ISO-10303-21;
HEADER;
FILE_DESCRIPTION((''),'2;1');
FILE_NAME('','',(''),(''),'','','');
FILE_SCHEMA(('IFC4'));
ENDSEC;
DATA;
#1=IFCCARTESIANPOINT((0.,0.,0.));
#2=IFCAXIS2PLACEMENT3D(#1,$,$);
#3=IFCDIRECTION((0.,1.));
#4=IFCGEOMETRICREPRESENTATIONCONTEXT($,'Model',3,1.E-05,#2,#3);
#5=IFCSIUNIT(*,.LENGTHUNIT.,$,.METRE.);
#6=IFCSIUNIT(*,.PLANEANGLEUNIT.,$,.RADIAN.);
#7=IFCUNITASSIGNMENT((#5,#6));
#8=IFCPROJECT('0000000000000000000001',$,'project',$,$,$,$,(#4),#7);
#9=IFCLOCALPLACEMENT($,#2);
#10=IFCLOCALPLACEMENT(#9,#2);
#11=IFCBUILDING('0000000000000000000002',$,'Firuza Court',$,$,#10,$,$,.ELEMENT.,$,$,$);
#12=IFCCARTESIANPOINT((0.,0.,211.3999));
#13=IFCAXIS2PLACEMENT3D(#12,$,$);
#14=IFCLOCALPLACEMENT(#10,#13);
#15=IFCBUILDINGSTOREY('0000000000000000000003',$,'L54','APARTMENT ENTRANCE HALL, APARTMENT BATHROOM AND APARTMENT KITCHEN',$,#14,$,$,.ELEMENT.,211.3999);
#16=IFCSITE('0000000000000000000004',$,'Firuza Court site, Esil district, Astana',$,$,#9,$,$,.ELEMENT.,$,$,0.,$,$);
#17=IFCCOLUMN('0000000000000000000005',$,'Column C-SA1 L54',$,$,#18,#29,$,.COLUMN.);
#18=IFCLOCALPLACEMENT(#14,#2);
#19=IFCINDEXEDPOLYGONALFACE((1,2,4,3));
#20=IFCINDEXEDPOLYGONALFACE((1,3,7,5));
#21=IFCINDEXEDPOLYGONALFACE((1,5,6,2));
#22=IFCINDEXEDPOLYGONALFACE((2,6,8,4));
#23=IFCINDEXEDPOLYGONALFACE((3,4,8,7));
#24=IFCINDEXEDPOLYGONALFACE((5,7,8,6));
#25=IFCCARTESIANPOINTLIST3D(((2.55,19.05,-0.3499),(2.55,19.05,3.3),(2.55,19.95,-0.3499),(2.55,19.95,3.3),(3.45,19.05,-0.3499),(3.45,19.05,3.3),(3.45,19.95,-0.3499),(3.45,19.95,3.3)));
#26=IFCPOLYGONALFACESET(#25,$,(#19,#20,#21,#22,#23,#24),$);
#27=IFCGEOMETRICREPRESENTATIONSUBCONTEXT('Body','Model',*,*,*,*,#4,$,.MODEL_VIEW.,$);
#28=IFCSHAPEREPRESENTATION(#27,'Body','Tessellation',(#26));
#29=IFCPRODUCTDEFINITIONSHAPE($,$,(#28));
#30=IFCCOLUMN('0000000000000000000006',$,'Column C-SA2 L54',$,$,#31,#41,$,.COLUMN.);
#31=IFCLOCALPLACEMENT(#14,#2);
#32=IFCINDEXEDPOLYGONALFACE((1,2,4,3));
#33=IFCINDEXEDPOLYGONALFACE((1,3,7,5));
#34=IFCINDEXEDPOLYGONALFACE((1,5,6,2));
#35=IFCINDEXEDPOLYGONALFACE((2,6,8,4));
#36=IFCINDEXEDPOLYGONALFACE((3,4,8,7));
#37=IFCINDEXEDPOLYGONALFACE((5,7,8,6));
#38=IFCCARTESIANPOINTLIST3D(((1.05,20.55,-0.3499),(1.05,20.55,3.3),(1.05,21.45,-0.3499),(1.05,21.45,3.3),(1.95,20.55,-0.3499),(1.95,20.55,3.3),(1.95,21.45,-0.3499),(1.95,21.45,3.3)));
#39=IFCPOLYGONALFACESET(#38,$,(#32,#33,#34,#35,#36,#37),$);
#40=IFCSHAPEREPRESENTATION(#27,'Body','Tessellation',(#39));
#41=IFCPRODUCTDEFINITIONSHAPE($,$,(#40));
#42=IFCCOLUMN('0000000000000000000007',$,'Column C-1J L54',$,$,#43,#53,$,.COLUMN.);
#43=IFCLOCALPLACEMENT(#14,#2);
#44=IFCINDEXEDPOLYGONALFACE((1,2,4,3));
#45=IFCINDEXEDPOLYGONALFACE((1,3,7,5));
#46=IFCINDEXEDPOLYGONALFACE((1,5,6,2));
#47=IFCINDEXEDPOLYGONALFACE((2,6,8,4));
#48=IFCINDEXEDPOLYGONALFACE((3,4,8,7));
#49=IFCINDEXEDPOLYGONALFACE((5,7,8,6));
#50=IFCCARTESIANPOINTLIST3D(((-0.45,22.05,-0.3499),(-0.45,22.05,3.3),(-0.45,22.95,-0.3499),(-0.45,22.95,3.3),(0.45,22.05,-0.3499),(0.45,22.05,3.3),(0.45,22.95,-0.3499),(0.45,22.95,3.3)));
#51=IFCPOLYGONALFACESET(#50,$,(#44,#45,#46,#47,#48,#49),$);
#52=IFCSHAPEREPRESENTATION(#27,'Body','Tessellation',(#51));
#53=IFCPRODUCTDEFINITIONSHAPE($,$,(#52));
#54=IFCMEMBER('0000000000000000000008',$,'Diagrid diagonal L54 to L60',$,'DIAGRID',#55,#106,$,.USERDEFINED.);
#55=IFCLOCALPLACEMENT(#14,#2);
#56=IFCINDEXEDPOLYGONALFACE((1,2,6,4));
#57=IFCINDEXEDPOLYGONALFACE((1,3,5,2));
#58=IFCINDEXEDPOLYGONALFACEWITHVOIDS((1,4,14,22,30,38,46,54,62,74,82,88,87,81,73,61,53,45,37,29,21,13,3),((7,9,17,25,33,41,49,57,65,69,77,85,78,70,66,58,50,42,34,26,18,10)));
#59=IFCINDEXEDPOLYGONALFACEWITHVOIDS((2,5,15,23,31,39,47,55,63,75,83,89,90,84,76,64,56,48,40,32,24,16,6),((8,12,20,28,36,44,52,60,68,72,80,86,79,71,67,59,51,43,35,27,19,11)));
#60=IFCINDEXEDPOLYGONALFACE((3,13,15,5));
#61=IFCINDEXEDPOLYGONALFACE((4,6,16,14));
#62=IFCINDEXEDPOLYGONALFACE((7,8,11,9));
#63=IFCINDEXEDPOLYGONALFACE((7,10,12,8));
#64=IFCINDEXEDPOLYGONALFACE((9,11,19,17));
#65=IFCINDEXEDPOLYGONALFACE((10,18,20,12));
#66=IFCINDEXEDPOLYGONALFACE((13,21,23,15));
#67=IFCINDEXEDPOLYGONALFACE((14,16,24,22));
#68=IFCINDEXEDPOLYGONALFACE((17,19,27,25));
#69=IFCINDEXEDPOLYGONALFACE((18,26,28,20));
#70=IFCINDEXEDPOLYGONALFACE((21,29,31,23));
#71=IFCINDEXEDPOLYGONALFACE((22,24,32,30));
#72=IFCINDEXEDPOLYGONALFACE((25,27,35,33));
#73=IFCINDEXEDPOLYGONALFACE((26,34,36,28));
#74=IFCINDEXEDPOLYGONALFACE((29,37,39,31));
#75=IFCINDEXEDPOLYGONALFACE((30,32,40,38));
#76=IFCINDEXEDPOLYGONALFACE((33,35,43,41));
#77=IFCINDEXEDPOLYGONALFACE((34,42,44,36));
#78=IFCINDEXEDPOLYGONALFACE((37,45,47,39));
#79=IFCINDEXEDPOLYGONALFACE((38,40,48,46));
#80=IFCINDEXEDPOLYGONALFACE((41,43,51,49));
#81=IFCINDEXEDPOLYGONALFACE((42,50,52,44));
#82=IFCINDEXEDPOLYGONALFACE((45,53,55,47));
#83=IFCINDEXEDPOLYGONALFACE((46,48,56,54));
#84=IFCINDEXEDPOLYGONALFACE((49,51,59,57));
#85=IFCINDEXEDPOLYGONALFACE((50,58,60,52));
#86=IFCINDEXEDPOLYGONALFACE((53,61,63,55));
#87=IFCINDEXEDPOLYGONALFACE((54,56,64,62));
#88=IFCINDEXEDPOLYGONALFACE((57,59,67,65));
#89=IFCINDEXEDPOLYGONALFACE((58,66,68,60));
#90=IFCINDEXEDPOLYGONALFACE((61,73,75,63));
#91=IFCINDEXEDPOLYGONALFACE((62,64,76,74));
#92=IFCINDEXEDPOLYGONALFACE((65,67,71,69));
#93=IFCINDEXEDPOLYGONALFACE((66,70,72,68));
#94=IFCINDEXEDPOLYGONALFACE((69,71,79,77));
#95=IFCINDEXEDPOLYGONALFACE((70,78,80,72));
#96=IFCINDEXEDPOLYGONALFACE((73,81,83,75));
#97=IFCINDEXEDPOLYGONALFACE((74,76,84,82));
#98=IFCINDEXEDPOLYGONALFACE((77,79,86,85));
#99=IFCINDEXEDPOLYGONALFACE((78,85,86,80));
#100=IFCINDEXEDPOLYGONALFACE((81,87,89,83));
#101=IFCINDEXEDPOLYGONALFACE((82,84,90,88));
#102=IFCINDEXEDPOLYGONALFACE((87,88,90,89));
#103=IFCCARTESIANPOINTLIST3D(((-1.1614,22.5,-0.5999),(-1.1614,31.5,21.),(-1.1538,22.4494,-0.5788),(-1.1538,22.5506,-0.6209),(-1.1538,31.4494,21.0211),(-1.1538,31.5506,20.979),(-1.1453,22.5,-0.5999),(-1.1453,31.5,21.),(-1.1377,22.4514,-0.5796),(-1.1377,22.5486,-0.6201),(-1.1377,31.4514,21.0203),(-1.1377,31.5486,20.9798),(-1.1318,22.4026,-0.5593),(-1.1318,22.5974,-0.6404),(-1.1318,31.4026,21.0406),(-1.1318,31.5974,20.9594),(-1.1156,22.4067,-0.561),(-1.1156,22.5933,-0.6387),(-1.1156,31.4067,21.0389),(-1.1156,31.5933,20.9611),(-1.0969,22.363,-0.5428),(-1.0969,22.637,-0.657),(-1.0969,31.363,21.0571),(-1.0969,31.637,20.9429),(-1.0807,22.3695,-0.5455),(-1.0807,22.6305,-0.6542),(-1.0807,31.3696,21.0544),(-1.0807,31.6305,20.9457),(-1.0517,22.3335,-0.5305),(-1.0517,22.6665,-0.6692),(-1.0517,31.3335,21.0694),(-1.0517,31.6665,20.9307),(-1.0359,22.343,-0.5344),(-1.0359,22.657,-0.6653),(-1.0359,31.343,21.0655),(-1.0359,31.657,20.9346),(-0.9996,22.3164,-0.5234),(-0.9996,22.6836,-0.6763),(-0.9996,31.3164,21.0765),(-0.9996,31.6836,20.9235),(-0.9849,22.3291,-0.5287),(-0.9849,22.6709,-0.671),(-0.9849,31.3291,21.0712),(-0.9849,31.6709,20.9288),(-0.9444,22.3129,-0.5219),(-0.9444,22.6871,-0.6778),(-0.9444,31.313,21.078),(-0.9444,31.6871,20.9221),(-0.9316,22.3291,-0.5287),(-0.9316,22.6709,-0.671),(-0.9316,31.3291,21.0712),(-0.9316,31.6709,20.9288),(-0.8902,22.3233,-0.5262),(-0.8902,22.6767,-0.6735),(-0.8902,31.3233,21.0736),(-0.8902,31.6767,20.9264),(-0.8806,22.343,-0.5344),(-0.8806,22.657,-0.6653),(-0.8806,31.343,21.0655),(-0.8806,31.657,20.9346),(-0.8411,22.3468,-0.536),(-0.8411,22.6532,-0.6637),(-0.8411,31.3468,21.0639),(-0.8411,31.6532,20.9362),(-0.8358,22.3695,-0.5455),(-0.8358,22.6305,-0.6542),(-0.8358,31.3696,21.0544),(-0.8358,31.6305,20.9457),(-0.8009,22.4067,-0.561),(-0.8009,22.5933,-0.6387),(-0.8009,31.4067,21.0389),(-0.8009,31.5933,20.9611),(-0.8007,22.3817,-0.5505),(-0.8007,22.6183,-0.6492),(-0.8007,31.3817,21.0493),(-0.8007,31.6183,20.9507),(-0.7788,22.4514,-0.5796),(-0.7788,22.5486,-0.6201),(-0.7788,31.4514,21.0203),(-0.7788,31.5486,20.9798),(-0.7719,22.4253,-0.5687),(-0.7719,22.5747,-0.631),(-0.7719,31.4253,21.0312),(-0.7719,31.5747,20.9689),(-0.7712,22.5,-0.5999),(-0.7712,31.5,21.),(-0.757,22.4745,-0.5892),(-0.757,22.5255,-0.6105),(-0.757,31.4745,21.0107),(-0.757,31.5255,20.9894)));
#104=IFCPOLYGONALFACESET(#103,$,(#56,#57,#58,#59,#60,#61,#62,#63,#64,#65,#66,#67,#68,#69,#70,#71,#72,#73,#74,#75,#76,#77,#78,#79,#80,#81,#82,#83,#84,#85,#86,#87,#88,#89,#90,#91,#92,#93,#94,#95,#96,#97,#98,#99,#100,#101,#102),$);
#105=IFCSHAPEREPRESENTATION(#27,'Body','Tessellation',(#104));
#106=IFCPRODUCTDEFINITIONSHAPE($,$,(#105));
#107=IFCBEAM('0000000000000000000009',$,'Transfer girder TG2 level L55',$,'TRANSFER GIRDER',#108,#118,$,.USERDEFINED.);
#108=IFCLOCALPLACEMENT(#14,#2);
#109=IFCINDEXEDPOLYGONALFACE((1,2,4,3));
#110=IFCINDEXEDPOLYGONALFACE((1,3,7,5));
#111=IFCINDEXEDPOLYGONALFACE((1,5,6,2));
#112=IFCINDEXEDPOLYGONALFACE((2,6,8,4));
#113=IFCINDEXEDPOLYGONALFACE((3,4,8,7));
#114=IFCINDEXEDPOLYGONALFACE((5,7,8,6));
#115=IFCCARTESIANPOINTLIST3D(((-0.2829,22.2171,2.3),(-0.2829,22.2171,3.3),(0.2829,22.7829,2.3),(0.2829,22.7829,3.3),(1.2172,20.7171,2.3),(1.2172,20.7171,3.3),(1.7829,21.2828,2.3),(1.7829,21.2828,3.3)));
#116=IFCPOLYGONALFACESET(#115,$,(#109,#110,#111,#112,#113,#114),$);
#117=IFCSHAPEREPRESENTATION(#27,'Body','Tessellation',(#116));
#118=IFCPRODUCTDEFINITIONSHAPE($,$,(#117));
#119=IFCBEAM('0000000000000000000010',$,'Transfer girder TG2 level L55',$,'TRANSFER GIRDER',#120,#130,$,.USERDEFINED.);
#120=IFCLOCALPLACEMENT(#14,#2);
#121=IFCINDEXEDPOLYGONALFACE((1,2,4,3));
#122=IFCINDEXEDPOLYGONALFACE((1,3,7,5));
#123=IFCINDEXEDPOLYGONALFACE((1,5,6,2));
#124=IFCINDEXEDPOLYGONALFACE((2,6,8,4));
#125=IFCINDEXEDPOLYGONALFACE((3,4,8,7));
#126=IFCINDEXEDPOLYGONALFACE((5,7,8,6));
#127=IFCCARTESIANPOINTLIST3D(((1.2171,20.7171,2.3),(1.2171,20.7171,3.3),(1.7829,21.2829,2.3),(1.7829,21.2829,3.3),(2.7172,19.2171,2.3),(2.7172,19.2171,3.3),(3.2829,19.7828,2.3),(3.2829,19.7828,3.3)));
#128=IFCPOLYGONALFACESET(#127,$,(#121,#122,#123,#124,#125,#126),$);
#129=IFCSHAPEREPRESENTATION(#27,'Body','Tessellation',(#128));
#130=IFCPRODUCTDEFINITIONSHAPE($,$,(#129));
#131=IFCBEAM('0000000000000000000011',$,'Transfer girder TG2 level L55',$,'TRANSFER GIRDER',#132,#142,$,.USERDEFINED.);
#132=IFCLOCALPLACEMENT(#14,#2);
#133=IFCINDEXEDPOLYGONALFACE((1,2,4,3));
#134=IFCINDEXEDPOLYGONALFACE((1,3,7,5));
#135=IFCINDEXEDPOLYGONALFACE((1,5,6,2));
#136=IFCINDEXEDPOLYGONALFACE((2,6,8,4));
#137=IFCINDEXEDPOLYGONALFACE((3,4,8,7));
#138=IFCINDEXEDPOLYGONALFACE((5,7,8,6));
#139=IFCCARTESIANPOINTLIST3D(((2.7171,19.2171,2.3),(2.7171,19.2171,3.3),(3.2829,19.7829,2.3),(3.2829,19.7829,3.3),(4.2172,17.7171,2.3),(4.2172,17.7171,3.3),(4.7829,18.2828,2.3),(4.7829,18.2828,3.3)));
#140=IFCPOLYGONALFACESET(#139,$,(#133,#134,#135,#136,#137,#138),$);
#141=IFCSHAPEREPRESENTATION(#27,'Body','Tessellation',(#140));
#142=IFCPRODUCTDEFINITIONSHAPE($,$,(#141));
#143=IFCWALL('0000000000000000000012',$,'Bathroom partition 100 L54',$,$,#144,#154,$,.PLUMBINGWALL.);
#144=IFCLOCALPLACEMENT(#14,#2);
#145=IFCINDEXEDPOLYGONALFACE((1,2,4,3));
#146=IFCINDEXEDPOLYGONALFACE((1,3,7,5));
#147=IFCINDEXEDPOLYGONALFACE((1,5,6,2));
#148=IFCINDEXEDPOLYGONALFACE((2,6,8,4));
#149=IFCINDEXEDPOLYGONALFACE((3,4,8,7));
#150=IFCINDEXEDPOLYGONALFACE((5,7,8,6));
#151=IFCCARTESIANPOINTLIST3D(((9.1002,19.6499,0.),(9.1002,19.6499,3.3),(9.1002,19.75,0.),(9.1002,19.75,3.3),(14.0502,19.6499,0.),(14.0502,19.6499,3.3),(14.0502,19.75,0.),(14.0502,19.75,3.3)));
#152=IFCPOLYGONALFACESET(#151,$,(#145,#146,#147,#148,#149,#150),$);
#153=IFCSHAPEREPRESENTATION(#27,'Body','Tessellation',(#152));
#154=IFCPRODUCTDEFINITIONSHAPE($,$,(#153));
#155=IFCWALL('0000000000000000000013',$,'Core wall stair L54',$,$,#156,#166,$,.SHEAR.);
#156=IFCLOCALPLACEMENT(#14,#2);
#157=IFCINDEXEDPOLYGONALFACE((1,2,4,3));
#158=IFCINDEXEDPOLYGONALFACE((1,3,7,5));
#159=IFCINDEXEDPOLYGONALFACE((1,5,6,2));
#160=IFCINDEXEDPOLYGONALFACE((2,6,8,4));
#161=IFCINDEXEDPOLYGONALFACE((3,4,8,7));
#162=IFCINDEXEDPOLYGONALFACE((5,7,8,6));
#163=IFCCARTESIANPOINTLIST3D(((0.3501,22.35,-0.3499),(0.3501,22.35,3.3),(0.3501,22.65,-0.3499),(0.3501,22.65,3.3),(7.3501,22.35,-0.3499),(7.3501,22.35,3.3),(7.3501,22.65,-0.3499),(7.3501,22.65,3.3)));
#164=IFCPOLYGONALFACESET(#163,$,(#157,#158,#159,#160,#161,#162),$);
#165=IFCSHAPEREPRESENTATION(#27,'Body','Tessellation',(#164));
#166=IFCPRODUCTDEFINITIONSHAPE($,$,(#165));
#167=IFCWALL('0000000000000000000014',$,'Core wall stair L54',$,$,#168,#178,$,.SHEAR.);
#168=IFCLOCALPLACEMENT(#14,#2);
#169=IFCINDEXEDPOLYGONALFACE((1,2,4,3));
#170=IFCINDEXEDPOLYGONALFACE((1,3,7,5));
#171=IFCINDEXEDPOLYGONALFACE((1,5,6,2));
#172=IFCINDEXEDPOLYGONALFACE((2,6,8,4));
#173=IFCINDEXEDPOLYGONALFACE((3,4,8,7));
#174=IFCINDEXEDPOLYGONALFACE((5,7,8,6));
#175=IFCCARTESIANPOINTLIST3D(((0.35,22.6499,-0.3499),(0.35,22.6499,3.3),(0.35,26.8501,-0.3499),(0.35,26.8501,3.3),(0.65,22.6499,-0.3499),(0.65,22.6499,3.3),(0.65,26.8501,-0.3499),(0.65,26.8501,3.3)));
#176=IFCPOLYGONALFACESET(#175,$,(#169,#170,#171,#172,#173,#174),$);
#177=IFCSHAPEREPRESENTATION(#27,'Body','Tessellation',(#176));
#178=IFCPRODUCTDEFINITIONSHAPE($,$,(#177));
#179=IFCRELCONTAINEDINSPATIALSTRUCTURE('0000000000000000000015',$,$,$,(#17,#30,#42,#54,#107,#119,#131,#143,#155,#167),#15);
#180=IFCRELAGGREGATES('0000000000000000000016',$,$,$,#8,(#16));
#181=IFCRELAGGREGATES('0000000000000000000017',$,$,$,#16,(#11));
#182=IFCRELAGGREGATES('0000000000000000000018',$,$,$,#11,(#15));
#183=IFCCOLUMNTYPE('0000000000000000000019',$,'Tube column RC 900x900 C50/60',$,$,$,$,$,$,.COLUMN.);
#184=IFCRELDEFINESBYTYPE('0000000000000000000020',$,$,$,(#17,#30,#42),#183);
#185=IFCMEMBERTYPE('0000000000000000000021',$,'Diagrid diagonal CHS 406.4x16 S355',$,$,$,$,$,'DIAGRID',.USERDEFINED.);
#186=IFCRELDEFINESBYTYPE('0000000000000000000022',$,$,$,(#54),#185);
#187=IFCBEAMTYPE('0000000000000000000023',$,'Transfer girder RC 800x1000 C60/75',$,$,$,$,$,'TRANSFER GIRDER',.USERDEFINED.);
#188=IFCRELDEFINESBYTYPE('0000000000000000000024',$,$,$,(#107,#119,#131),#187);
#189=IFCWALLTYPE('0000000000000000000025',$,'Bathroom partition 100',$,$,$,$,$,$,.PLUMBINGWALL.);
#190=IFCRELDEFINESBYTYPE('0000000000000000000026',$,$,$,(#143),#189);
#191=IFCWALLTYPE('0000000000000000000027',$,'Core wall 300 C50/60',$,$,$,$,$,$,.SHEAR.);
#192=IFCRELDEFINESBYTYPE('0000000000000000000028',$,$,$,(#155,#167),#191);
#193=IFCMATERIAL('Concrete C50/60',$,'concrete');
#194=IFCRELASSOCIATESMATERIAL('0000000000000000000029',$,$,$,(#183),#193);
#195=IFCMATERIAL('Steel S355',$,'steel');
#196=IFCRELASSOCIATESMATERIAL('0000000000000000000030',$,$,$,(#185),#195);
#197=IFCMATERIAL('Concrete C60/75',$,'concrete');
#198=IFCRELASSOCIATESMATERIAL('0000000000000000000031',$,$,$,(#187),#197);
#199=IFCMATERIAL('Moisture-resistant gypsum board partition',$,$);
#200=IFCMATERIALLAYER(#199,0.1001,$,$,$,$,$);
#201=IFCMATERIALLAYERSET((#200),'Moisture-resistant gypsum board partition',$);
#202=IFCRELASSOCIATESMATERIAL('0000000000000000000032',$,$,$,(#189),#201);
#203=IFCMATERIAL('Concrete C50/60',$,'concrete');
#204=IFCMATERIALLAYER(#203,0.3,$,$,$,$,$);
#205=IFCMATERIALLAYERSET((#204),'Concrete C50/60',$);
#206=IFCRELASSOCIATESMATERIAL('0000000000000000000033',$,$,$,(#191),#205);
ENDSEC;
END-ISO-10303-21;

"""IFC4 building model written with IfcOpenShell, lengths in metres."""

from ifc_helpers import new_model, si_unit, direction, frame, frame_2d, origin, origin_2d, place, context, subcontext, project, spatial, rectangle, hollow_circle, extrude, material, layer, layer_set, material_profile, profile_set, type_object, element, save


model = new_model("IFC4")

# Units and contexts
model_context = context("Model", 3, precision=1e-05, world=origin(), true_north=direction((0.0, 1.0)))
body_context = subcontext(model_context, "Body", "Model", "MODEL_VIEW")
ifc_project = project(units=[si_unit("LENGTHUNIT", "METRE"), si_unit("PLANEANGLEUNIT", "RADIAN")], contexts=[model_context])

# Site, building, storey
site_placement = place(None, origin())
site = spatial("IfcSite", under=ifc_project, at=site_placement, Name="Firuza Court site, Esil district, Astana", CompositionType="ELEMENT", RefElevation=0.0)
building_placement = place(site_placement, origin())
building = spatial("IfcBuilding", under=site, at=building_placement, Name="Firuza Court", CompositionType="ELEMENT")
storey_placement = place(building_placement, frame((0.0, 0.0, 211.3999)))
storey = spatial("IfcBuildingStorey", under=building, at=storey_placement, Name="L54", Description="APARTMENT ENTRANCE HALL, APARTMENT BATHROOM AND APARTMENT KITCHEN", CompositionType="ELEMENT", Elevation=211.3999)

# Columns
ifc_material_1 = material(Name="Concrete C50/60", Category="concrete")
ifc_material_profile_1 = material_profile(ifc_material_1, rectangle(XDim=0.8999, YDim=0.8999, at=origin_2d()), Name="RC 900x900")
ifc_profile_set_1 = profile_set([ifc_material_profile_1], Name="Concrete C50/60")
column_type = type_object("IfcColumnType", Name="Tube column RC 900x900 C50/60", PredefinedType="COLUMN", material=ifc_profile_set_1)
for number, where, z_axis, x_axis, name in (
    (1, (3.0, 19.5, -0.3499), (0.0, 0.0, 1.0), (1.0, 0.0, 0.0), "Column C-SA1 L54"),
    (2, (1.5, 21.0, -0.3499), (0.0, 0.0, 1.0), (1.0, 0.0, 0.0), "Column C-SA2 L54"),
    (3, (0.0, 22.5, -0.3499), (0.0, 0.0, 1.0), (1.0, 0.0, 0.0), "Column C-1J L54"),
):
    element("IfcColumn", number, at=place(storey_placement, frame(where, z_axis=z_axis, x_axis=x_axis)), inside=storey, type_object=column_type, Name=name, PredefinedType="COLUMN", context=body_context, shape_type="SweptSolid", body=[
        extrude(rectangle(XDim=0.8999, YDim=0.8999, at=origin_2d()), origin(), (0.0, 0.0, 1.0), 3.6499),
    ])

# Member
ifc_material_2 = material(Name="Steel S355", Category="steel")
ifc_material_profile_2 = material_profile(ifc_material_2, hollow_circle(Radius=0.2031, WallThickness=0.0161, at=origin_2d()), Name="CHS 406.4x16")
ifc_profile_set_2 = profile_set([ifc_material_profile_2], Name="Steel S355")
member_type = type_object("IfcMemberType", Name="Diagrid diagonal CHS 406.4x16 S355", ElementType="DIAGRID", PredefinedType="USERDEFINED", material=ifc_profile_set_2)
member_placement = place(storey_placement, frame((-0.9583, 22.5, -0.5999), z_axis=(0.0, 0.384618, 0.923076), x_axis=(-1.0, 0.0, 0.0)))
element("IfcMember", 4, at=member_placement, inside=storey, type_object=member_type, Name="Diagrid diagonal L54 to L60", ObjectType="DIAGRID", PredefinedType="USERDEFINED", context=body_context, shape_type="SweptSolid", body=[
    extrude(hollow_circle(Radius=0.2031, WallThickness=0.0161, at=origin_2d()), origin(), (0.0, 0.0, 1.0), 23.3999),
])

# Beams
ifc_material_3 = material(Name="Concrete C60/75", Category="concrete")
ifc_material_profile_3 = material_profile(ifc_material_3, rectangle(XDim=0.8, YDim=1.0, at=origin_2d()), Name="RC 800x1000")
ifc_profile_set_3 = profile_set([ifc_material_profile_3], Name="Concrete C60/75")
beam_type = type_object("IfcBeamType", Name="Transfer girder RC 800x1000 C60/75", ElementType="TRANSFER GIRDER", PredefinedType="USERDEFINED", material=ifc_profile_set_3)
for number, where, z_axis, x_axis, name in (
    (5, (0.0, 22.5, 2.8), (0.707107, -0.707107, 0.0), (0.707107, 0.707107, 0.0), "Transfer girder TG2 level L55"),
    (6, (1.5, 21.0, 2.8), (0.707107, -0.707107, 0.0), (0.707107, 0.707107, 0.0), "Transfer girder TG2 level L55"),
    (7, (3.0, 19.5, 2.8), (0.707107, -0.707107, 0.0), (0.707107, 0.707107, 0.0), "Transfer girder TG2 level L55"),
):
    element("IfcBeam", number, at=place(storey_placement, frame(where, z_axis=z_axis, x_axis=x_axis)), inside=storey, type_object=beam_type, Name=name, ObjectType="TRANSFER GIRDER", PredefinedType="USERDEFINED", context=body_context, shape_type="SweptSolid", body=[
        extrude(rectangle(XDim=0.8, YDim=1.0, at=origin_2d()), origin(), (0.0, 0.0, 1.0), 2.1213),
    ])

# Walls
ifc_material_4 = material(Name="Moisture-resistant gypsum board partition")
ifc_layer_1 = layer(ifc_material_4, 0.1001)
ifc_layer_set_1 = layer_set([ifc_layer_1], Name="Moisture-resistant gypsum board partition")
wall_type_1 = type_object("IfcWallType", Name="Bathroom partition 100", PredefinedType="PLUMBINGWALL", material=ifc_layer_set_1)
wall_1_placement = place(storey_placement, frame((9.1001, 19.7, 0.0), z_axis=(0.0, 0.0, 1.0), x_axis=(1.0, 0.0, 0.0)))
element("IfcWall", 8, at=wall_1_placement, inside=storey, type_object=wall_type_1, Name="Bathroom partition 100 L54", PredefinedType="PLUMBINGWALL", context=body_context, shape_type="SweptSolid", body=[
    extrude(rectangle(XDim=4.95, YDim=0.1001, at=frame_2d((2.4751, 0.0))), origin(), (0.0, 0.0, 1.0), 3.3),
])
ifc_material_5 = material(Name="Concrete C50/60", Category="concrete")
ifc_layer_2 = layer(ifc_material_5, 0.3)
ifc_layer_set_2 = layer_set([ifc_layer_2], Name="Concrete C50/60")
wall_type_2 = type_object("IfcWallType", Name="Core wall 300 C50/60", PredefinedType="SHEAR", material=ifc_layer_set_2)
wall_2_placement = place(storey_placement, frame((0.3501, 22.5, -0.3499), z_axis=(0.0, 0.0, 1.0), x_axis=(1.0, 0.0, 0.0)))
element("IfcWall", 9, at=wall_2_placement, inside=storey, type_object=wall_type_2, Name="Core wall stair L54", PredefinedType="SHEAR", context=body_context, shape_type="SweptSolid", body=[
    extrude(rectangle(XDim=7.0, YDim=0.3, at=frame_2d((3.5, 0.0))), origin(), (0.0, 0.0, 1.0), 3.6499),
])
wall_3_placement = place(storey_placement, frame((0.5, 22.6499, -0.3499), z_axis=(0.0, 0.0, 1.0), x_axis=(0.0, 1.0, 0.0)))
element("IfcWall", 10, at=wall_3_placement, inside=storey, type_object=wall_type_2, Name="Core wall stair L54", PredefinedType="SHEAR", context=body_context, shape_type="SweptSolid", body=[
    extrude(rectangle(XDim=4.2002, YDim=0.3, at=frame_2d((2.1001, 0.0))), origin(), (0.0, 0.0, 1.0), 3.6499),
])

save(model, "model.ifc")
